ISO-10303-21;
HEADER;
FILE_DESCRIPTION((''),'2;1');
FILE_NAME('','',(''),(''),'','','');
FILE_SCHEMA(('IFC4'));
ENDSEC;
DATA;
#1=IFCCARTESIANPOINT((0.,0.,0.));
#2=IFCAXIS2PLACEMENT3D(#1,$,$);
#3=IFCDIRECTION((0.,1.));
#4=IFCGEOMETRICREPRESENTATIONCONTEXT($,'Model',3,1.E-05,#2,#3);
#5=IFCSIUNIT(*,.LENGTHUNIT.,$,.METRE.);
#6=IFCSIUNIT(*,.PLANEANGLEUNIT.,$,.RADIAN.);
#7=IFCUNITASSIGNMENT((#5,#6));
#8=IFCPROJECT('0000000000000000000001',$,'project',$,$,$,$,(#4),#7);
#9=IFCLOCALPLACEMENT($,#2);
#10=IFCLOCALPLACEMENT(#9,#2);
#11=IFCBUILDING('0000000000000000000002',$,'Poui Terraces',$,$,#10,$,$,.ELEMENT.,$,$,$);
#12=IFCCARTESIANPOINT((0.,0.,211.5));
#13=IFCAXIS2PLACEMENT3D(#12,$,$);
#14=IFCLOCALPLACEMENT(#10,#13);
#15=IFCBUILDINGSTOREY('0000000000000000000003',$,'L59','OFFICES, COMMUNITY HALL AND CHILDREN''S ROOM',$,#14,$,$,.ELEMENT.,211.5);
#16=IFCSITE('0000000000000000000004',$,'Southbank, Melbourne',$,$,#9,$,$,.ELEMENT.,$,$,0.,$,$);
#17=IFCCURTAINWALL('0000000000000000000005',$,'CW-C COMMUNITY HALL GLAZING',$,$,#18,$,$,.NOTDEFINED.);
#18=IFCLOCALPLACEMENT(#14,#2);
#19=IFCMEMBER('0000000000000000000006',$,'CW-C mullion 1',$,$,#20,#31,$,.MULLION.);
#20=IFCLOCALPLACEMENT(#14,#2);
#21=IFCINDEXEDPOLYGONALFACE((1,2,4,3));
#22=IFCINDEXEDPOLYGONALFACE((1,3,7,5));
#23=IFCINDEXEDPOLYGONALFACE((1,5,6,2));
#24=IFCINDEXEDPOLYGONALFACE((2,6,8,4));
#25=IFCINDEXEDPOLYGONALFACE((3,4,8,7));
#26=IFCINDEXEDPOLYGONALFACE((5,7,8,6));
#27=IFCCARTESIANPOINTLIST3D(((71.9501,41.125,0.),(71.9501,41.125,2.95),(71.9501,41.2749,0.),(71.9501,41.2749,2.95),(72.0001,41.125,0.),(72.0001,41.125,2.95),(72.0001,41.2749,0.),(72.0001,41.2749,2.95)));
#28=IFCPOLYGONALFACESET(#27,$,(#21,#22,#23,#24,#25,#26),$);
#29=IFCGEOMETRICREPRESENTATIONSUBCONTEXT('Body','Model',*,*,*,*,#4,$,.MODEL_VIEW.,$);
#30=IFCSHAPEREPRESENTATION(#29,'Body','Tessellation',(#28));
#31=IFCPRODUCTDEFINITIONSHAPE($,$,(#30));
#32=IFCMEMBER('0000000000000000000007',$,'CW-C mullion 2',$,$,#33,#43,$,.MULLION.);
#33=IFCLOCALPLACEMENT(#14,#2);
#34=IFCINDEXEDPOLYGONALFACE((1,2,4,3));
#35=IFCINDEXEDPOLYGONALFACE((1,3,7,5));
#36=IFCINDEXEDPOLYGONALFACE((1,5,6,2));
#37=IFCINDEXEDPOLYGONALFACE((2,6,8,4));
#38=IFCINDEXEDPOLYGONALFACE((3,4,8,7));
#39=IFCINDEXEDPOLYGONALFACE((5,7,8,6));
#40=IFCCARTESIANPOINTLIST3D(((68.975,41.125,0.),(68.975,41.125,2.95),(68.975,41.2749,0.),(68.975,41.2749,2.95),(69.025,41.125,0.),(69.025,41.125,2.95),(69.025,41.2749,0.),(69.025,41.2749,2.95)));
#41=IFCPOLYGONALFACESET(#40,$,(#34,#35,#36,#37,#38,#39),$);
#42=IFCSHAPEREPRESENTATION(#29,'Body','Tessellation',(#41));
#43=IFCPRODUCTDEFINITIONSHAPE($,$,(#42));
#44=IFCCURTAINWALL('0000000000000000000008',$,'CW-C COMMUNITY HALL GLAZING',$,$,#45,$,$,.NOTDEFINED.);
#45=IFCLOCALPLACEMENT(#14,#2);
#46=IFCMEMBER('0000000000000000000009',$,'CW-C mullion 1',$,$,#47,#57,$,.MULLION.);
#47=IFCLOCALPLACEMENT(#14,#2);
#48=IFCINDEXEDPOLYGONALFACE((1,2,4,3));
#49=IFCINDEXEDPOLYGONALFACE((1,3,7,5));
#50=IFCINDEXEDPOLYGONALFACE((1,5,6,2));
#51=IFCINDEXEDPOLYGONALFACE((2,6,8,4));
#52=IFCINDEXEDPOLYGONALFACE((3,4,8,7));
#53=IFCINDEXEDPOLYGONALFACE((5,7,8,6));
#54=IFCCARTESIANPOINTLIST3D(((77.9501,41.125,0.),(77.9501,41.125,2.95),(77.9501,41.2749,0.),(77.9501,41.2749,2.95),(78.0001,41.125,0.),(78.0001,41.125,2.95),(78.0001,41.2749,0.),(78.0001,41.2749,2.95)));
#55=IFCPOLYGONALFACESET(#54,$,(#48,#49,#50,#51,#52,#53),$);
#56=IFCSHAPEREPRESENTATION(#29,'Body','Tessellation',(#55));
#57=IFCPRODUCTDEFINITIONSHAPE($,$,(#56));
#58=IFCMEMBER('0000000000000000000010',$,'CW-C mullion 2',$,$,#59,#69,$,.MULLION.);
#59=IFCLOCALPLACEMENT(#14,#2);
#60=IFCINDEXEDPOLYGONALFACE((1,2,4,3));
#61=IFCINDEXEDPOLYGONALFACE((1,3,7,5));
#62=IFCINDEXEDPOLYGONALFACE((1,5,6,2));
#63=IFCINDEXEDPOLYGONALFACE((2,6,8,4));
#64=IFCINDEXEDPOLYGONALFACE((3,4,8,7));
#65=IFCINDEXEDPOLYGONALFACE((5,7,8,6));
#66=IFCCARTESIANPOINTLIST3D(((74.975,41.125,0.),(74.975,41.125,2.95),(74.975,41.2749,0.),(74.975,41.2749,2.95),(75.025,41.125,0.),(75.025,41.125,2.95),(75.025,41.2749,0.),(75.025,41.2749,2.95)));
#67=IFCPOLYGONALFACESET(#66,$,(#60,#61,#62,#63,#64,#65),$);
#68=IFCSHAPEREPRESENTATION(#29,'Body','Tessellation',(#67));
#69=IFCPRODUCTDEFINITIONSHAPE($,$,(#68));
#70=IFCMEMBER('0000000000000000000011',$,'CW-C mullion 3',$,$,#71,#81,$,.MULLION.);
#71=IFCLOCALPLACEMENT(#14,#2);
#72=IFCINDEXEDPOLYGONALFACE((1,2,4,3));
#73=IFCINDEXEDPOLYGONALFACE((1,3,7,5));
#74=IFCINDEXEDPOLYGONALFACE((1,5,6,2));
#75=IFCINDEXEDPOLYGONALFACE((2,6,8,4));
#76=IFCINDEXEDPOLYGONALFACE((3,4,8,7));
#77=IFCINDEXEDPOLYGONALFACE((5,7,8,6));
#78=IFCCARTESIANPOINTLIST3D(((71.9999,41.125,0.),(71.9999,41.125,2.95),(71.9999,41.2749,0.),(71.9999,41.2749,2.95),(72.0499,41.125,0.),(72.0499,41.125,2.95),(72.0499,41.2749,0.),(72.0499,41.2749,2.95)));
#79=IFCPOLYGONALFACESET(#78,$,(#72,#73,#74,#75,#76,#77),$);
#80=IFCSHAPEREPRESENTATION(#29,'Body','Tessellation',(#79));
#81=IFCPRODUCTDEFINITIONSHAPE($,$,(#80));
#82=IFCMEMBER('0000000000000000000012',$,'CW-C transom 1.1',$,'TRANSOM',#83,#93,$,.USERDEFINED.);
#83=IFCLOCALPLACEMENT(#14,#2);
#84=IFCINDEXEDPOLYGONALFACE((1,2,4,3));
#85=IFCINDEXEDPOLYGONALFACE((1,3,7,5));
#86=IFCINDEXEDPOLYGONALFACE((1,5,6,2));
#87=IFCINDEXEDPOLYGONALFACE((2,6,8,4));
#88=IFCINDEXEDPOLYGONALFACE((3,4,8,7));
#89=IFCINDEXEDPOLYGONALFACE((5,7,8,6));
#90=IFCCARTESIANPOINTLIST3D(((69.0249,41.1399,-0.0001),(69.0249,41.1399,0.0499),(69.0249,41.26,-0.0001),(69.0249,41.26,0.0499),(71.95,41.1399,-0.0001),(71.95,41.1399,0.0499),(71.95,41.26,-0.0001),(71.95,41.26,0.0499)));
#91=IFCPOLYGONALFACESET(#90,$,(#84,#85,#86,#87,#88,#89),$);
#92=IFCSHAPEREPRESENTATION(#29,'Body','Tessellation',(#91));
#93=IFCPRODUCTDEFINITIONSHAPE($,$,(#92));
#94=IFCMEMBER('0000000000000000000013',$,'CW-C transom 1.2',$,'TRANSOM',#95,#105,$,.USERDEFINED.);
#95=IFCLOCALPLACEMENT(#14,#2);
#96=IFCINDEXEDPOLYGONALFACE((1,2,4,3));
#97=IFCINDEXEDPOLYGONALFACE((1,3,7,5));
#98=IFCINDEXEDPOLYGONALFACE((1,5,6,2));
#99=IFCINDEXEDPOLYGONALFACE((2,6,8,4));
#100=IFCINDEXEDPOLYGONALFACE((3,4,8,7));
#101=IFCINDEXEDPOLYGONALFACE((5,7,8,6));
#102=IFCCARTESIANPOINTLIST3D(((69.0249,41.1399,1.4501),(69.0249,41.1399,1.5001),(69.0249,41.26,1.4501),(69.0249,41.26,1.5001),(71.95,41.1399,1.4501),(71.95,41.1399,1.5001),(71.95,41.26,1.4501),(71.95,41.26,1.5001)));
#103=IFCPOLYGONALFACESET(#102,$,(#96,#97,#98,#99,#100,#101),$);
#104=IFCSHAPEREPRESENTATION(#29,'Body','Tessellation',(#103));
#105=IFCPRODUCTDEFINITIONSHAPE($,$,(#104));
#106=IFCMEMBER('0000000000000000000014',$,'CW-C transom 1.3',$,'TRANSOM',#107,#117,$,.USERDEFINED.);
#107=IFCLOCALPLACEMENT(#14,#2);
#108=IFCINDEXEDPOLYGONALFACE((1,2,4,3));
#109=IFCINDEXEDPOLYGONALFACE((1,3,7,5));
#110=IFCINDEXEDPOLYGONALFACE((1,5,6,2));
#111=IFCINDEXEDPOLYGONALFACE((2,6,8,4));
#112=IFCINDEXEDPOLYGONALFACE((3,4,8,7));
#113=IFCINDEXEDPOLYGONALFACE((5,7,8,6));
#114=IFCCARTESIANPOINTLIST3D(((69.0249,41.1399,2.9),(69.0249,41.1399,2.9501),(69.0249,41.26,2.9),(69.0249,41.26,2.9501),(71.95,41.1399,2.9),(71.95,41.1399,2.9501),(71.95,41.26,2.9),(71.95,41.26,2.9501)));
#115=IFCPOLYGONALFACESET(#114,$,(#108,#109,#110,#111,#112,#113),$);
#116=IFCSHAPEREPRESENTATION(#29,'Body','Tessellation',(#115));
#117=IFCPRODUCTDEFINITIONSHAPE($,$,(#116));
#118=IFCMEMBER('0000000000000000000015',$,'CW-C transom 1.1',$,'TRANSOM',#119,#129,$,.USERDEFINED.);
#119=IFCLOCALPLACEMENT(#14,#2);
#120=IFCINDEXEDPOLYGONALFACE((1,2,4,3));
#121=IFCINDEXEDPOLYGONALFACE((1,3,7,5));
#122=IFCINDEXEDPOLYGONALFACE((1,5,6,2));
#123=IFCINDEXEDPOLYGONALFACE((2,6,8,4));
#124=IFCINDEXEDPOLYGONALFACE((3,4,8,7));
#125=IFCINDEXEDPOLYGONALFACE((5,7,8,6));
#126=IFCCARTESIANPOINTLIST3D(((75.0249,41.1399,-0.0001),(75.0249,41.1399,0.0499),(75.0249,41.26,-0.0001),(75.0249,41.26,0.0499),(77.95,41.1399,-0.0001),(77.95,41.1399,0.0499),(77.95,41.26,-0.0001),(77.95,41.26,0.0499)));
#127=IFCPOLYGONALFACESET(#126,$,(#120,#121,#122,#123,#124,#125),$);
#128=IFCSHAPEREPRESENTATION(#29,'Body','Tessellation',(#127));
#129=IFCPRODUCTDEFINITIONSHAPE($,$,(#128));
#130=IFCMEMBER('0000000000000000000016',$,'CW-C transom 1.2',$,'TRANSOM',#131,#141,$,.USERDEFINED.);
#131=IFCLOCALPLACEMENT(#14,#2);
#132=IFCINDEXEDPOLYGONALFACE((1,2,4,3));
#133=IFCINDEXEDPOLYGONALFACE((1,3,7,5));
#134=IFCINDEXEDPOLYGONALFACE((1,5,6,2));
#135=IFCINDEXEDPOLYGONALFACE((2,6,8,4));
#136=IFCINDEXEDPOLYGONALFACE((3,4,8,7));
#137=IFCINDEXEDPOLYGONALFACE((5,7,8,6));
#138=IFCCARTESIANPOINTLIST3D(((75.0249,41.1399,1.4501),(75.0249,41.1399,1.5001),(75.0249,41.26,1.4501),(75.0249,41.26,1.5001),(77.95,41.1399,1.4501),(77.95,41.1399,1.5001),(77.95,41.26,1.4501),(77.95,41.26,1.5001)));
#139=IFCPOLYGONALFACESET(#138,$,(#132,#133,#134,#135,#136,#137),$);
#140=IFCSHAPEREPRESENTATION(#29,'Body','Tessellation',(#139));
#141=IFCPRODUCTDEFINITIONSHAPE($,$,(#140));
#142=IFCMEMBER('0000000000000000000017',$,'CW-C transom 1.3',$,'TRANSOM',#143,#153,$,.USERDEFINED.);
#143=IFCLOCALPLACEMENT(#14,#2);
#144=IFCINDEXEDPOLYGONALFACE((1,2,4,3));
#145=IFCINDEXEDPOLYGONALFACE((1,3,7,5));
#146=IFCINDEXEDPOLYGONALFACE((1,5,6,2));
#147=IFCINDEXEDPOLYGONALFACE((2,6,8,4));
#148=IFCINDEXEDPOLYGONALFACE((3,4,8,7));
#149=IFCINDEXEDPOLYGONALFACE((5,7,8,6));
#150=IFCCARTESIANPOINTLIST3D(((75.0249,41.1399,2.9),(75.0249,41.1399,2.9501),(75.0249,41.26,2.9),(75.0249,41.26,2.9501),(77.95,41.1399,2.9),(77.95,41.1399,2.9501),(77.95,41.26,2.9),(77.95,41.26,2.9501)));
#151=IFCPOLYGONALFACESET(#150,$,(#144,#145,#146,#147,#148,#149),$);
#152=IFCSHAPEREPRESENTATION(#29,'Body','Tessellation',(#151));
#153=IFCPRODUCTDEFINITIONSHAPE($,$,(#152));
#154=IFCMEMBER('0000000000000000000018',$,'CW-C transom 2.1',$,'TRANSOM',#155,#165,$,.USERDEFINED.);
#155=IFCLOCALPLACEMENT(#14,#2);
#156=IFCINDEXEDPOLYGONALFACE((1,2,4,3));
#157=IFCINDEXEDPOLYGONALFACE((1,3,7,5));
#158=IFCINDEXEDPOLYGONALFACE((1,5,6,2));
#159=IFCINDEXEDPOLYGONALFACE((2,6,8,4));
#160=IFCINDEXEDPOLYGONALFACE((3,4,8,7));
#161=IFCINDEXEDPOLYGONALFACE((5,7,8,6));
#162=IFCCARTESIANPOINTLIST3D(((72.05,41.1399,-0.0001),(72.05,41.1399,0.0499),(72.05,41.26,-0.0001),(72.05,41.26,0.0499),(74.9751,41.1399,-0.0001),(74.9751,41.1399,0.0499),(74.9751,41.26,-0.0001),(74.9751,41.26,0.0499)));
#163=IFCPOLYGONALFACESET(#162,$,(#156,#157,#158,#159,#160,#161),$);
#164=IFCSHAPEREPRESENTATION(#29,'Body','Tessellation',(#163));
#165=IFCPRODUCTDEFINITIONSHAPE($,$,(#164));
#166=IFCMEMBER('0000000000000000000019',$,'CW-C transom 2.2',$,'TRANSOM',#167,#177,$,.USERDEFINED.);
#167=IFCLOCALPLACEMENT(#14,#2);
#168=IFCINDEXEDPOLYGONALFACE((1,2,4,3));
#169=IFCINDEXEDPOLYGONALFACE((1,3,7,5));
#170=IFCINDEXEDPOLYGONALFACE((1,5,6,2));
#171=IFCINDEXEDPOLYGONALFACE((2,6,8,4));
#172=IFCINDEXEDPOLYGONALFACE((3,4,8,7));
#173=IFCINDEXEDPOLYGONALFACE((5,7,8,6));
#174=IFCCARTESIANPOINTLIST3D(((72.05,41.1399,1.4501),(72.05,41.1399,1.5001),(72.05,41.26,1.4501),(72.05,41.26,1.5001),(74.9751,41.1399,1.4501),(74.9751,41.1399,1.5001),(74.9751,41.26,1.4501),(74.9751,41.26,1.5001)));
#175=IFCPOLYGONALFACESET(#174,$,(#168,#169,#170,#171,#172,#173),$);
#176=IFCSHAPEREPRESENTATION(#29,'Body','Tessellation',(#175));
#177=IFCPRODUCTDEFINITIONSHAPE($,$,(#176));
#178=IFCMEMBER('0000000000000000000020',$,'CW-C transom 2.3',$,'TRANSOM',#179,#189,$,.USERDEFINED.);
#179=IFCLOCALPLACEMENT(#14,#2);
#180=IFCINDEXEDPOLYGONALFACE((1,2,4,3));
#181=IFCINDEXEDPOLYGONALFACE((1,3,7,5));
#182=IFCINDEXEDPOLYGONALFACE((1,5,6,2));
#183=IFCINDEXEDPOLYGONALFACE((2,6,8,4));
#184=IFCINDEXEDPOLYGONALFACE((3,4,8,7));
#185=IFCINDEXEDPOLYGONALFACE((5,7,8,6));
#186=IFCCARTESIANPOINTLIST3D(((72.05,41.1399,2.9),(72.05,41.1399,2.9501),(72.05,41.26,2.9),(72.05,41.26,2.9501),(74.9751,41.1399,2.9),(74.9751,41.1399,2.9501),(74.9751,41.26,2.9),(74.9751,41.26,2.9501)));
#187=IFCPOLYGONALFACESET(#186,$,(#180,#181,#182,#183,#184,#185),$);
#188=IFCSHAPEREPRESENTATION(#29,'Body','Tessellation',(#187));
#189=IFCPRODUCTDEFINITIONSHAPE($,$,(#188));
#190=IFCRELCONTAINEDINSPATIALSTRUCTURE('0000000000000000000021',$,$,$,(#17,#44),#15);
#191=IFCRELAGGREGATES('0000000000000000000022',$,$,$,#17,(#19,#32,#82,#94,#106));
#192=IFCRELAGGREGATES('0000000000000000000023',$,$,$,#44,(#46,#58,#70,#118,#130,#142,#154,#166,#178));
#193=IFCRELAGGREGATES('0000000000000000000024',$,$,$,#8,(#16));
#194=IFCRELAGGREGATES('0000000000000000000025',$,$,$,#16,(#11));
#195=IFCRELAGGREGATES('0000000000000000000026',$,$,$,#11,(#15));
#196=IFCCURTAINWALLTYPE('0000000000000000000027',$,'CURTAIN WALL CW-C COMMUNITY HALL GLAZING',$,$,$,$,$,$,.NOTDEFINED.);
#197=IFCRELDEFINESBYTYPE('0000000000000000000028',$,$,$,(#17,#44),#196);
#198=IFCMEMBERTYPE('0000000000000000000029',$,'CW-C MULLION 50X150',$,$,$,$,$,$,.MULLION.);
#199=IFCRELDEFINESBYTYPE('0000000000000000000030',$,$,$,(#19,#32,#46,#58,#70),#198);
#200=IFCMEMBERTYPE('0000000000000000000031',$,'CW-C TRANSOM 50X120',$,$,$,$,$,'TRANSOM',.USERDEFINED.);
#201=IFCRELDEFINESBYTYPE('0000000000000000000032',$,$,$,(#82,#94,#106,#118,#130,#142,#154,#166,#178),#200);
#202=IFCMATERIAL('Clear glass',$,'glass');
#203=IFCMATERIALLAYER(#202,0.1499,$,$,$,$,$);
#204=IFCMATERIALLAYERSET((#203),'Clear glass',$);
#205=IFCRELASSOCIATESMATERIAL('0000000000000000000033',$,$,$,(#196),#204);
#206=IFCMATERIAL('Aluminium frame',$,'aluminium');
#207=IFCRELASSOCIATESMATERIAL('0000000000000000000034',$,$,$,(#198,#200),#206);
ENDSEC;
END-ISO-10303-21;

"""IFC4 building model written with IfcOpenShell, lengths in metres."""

from ifc_helpers import new_model, si_unit, direction, frame, origin, origin_2d, place, context, subcontext, project, spatial, rectangle, extrude, material, layer, layer_set, material_profile, profile_set, type_object, element, aggregate, save


model = new_model("IFC4")

# Units and contexts
model_context = context("Model", 3, precision=1e-05, world=origin(), true_north=direction((0.0, 1.0)))
body_context = subcontext(model_context, "Body", "Model", "MODEL_VIEW")
ifc_project = project(units=[si_unit("LENGTHUNIT", "METRE"), si_unit("PLANEANGLEUNIT", "RADIAN")], contexts=[model_context])

# Site, building, storey
site_placement = place(None, origin())
site = spatial("IfcSite", under=ifc_project, at=site_placement, Name="Southbank, Melbourne", CompositionType="ELEMENT", RefElevation=0.0)
building_placement = place(site_placement, origin())
building = spatial("IfcBuilding", under=site, at=building_placement, Name="Poui Terraces", CompositionType="ELEMENT")
storey_placement = place(building_placement, frame((0.0, 0.0, 211.5)))
storey = spatial("IfcBuildingStorey", under=building, at=storey_placement, Name="L59", Description="OFFICES, COMMUNITY HALL AND CHILDREN'S ROOM", CompositionType="ELEMENT", Elevation=211.5)

# Curtain walls, members
ifc_material_1 = material(Name="Clear glass", Category="glass")
ifc_layer_1 = layer(ifc_material_1, 0.1499)
ifc_layer_set_1 = layer_set([ifc_layer_1], Name="Clear glass")
curtain_wall_type = type_object("IfcCurtainWallType", Name="CURTAIN WALL CW-C COMMUNITY HALL GLAZING", PredefinedType="NOTDEFINED", material=ifc_layer_set_1)
curtain_wall_1_placement = place(storey_placement, origin())
curtain_wall_1 = element("IfcCurtainWall", 1, at=curtain_wall_1_placement, inside=storey, type_object=curtain_wall_type, Name="CW-C COMMUNITY HALL GLAZING", PredefinedType="NOTDEFINED")
ifc_material_2 = material(Name="Aluminium frame", Category="aluminium")
ifc_material_profile_1 = material_profile(ifc_material_2, rectangle(XDim=0.1499, YDim=0.05, at=origin_2d()), Name="CW-C MULLION 50X150")
ifc_profile_set_1 = profile_set([ifc_material_profile_1], Name="Aluminium frame")
member_type_1 = type_object("IfcMemberType", Name="CW-C MULLION 50X150", PredefinedType="MULLION", material=ifc_profile_set_1)
member_1_placement = place(storey_placement, frame((71.9751, 41.2, 0.0), z_axis=(0.0, 0.0, 1.0), x_axis=(0.0, -1.0, 0.0)))
member_1 = element("IfcMember", 2, at=member_1_placement, type_object=member_type_1, Name="CW-C mullion 1", PredefinedType="MULLION", context=body_context, shape_type="SweptSolid", body=[
    extrude(rectangle(XDim=0.1499, YDim=0.05, at=origin_2d()), origin(), (0.0, 0.0, 1.0), 2.95),
])
member_2_placement = place(storey_placement, frame((69.0, 41.2, 0.0), z_axis=(0.0, 0.0, 1.0), x_axis=(0.0, -1.0, 0.0)))
member_2 = element("IfcMember", 3, at=member_2_placement, type_object=member_type_1, Name="CW-C mullion 2", PredefinedType="MULLION", context=body_context, shape_type="SweptSolid", body=[
    extrude(rectangle(XDim=0.1499, YDim=0.05, at=origin_2d()), origin(), (0.0, 0.0, 1.0), 2.95),
])
curtain_wall_2_placement = place(storey_placement, origin())
curtain_wall_2 = element("IfcCurtainWall", 4, at=curtain_wall_2_placement, inside=storey, type_object=curtain_wall_type, Name="CW-C COMMUNITY HALL GLAZING", PredefinedType="NOTDEFINED")
member_3_placement = place(storey_placement, frame((77.9751, 41.2, 0.0), z_axis=(0.0, 0.0, 1.0), x_axis=(0.0, -1.0, 0.0)))
member_3 = element("IfcMember", 5, at=member_3_placement, type_object=member_type_1, Name="CW-C mullion 1", PredefinedType="MULLION", context=body_context, shape_type="SweptSolid", body=[
    extrude(rectangle(XDim=0.1499, YDim=0.05, at=origin_2d()), origin(), (0.0, 0.0, 1.0), 2.95),
])
member_4_placement = place(storey_placement, frame((75.0, 41.2, 0.0), z_axis=(0.0, 0.0, 1.0), x_axis=(0.0, -1.0, 0.0)))
member_4 = element("IfcMember", 6, at=member_4_placement, type_object=member_type_1, Name="CW-C mullion 2", PredefinedType="MULLION", context=body_context, shape_type="SweptSolid", body=[
    extrude(rectangle(XDim=0.1499, YDim=0.05, at=origin_2d()), origin(), (0.0, 0.0, 1.0), 2.95),
])
member_5_placement = place(storey_placement, frame((72.0249, 41.2, 0.0), z_axis=(0.0, 0.0, 1.0), x_axis=(0.0, -1.0, 0.0)))
member_5 = element("IfcMember", 7, at=member_5_placement, type_object=member_type_1, Name="CW-C mullion 3", PredefinedType="MULLION", context=body_context, shape_type="SweptSolid", body=[
    extrude(rectangle(XDim=0.1499, YDim=0.05, at=origin_2d()), origin(), (0.0, 0.0, 1.0), 2.95),
])

# Members
ifc_material_profile_2 = material_profile(ifc_material_2, rectangle(XDim=0.1201, YDim=0.05, at=origin_2d()), Name="CW-C TRANSOM 50X120")
ifc_profile_set_2 = profile_set([ifc_material_profile_2], Name="Aluminium frame")
member_type_2 = type_object("IfcMemberType", Name="CW-C TRANSOM 50X120", ElementType="TRANSOM", PredefinedType="USERDEFINED", material=ifc_profile_set_2)
member_6_placement = place(storey_placement, frame((71.95, 41.2, 0.0249), z_axis=(-1.0, 0.0, 0.0), x_axis=(0.0, -1.0, 0.0)))
member_6 = element("IfcMember", 8, at=member_6_placement, type_object=member_type_2, Name="CW-C transom 1.1", ObjectType="TRANSOM", PredefinedType="USERDEFINED", context=body_context, shape_type="SweptSolid", body=[
    extrude(rectangle(XDim=0.1201, YDim=0.05, at=origin_2d()), origin(), (0.0, 0.0, 1.0), 2.925),
])
member_7_placement = place(storey_placement, frame((71.95, 41.2, 1.4751), z_axis=(-1.0, 0.0, 0.0), x_axis=(0.0, -1.0, 0.0)))
member_7 = element("IfcMember", 9, at=member_7_placement, type_object=member_type_2, Name="CW-C transom 1.2", ObjectType="TRANSOM", PredefinedType="USERDEFINED", context=body_context, shape_type="SweptSolid", body=[
    extrude(rectangle(XDim=0.1201, YDim=0.05, at=origin_2d()), origin(), (0.0, 0.0, 1.0), 2.925),
])
member_8_placement = place(storey_placement, frame((71.95, 41.2, 2.925), z_axis=(-1.0, 0.0, 0.0), x_axis=(0.0, -1.0, 0.0)))
member_8 = element("IfcMember", 10, at=member_8_placement, type_object=member_type_2, Name="CW-C transom 1.3", ObjectType="TRANSOM", PredefinedType="USERDEFINED", context=body_context, shape_type="SweptSolid", body=[
    extrude(rectangle(XDim=0.1201, YDim=0.05, at=origin_2d()), origin(), (0.0, 0.0, 1.0), 2.925),
])
member_9_placement = place(storey_placement, frame((77.95, 41.2, 0.0249), z_axis=(-1.0, 0.0, 0.0), x_axis=(0.0, -1.0, 0.0)))
member_9 = element("IfcMember", 11, at=member_9_placement, type_object=member_type_2, Name="CW-C transom 1.1", ObjectType="TRANSOM", PredefinedType="USERDEFINED", context=body_context, shape_type="SweptSolid", body=[
    extrude(rectangle(XDim=0.1201, YDim=0.05, at=origin_2d()), origin(), (0.0, 0.0, 1.0), 2.925),
])
member_10_placement = place(storey_placement, frame((77.95, 41.2, 1.4751), z_axis=(-1.0, 0.0, 0.0), x_axis=(0.0, -1.0, 0.0)))
member_10 = element("IfcMember", 12, at=member_10_placement, type_object=member_type_2, Name="CW-C transom 1.2", ObjectType="TRANSOM", PredefinedType="USERDEFINED", context=body_context, shape_type="SweptSolid", body=[
    extrude(rectangle(XDim=0.1201, YDim=0.05, at=origin_2d()), origin(), (0.0, 0.0, 1.0), 2.925),
])
member_11_placement = place(storey_placement, frame((77.95, 41.2, 2.925), z_axis=(-1.0, 0.0, 0.0), x_axis=(0.0, -1.0, 0.0)))
member_11 = element("IfcMember", 13, at=member_11_placement, type_object=member_type_2, Name="CW-C transom 1.3", ObjectType="TRANSOM", PredefinedType="USERDEFINED", context=body_context, shape_type="SweptSolid", body=[
    extrude(rectangle(XDim=0.1201, YDim=0.05, at=origin_2d()), origin(), (0.0, 0.0, 1.0), 2.925),
])
member_12_placement = place(storey_placement, frame((74.9751, 41.2, 0.0249), z_axis=(-1.0, 0.0, 0.0), x_axis=(0.0, -1.0, 0.0)))
member_12 = element("IfcMember", 14, at=member_12_placement, type_object=member_type_2, Name="CW-C transom 2.1", ObjectType="TRANSOM", PredefinedType="USERDEFINED", context=body_context, shape_type="SweptSolid", body=[
    extrude(rectangle(XDim=0.1201, YDim=0.05, at=origin_2d()), origin(), (0.0, 0.0, 1.0), 2.925),
])
member_13_placement = place(storey_placement, frame((74.9751, 41.2, 1.4751), z_axis=(-1.0, 0.0, 0.0), x_axis=(0.0, -1.0, 0.0)))
member_13 = element("IfcMember", 15, at=member_13_placement, type_object=member_type_2, Name="CW-C transom 2.2", ObjectType="TRANSOM", PredefinedType="USERDEFINED", context=body_context, shape_type="SweptSolid", body=[
    extrude(rectangle(XDim=0.1201, YDim=0.05, at=origin_2d()), origin(), (0.0, 0.0, 1.0), 2.925),
])
member_14_placement = place(storey_placement, frame((74.9751, 41.2, 2.925), z_axis=(-1.0, 0.0, 0.0), x_axis=(0.0, -1.0, 0.0)))
member_14 = element("IfcMember", 16, at=member_14_placement, type_object=member_type_2, Name="CW-C transom 2.3", ObjectType="TRANSOM", PredefinedType="USERDEFINED", context=body_context, shape_type="SweptSolid", body=[
    extrude(rectangle(XDim=0.1201, YDim=0.05, at=origin_2d()), origin(), (0.0, 0.0, 1.0), 2.925),
])

aggregate(curtain_wall_1, [member_1, member_2, member_6, member_7, member_8])
aggregate(curtain_wall_2, [member_3, member_4, member_5, member_9, member_10, member_11, member_12, member_13, member_14])

save(model, "model.ifc")
